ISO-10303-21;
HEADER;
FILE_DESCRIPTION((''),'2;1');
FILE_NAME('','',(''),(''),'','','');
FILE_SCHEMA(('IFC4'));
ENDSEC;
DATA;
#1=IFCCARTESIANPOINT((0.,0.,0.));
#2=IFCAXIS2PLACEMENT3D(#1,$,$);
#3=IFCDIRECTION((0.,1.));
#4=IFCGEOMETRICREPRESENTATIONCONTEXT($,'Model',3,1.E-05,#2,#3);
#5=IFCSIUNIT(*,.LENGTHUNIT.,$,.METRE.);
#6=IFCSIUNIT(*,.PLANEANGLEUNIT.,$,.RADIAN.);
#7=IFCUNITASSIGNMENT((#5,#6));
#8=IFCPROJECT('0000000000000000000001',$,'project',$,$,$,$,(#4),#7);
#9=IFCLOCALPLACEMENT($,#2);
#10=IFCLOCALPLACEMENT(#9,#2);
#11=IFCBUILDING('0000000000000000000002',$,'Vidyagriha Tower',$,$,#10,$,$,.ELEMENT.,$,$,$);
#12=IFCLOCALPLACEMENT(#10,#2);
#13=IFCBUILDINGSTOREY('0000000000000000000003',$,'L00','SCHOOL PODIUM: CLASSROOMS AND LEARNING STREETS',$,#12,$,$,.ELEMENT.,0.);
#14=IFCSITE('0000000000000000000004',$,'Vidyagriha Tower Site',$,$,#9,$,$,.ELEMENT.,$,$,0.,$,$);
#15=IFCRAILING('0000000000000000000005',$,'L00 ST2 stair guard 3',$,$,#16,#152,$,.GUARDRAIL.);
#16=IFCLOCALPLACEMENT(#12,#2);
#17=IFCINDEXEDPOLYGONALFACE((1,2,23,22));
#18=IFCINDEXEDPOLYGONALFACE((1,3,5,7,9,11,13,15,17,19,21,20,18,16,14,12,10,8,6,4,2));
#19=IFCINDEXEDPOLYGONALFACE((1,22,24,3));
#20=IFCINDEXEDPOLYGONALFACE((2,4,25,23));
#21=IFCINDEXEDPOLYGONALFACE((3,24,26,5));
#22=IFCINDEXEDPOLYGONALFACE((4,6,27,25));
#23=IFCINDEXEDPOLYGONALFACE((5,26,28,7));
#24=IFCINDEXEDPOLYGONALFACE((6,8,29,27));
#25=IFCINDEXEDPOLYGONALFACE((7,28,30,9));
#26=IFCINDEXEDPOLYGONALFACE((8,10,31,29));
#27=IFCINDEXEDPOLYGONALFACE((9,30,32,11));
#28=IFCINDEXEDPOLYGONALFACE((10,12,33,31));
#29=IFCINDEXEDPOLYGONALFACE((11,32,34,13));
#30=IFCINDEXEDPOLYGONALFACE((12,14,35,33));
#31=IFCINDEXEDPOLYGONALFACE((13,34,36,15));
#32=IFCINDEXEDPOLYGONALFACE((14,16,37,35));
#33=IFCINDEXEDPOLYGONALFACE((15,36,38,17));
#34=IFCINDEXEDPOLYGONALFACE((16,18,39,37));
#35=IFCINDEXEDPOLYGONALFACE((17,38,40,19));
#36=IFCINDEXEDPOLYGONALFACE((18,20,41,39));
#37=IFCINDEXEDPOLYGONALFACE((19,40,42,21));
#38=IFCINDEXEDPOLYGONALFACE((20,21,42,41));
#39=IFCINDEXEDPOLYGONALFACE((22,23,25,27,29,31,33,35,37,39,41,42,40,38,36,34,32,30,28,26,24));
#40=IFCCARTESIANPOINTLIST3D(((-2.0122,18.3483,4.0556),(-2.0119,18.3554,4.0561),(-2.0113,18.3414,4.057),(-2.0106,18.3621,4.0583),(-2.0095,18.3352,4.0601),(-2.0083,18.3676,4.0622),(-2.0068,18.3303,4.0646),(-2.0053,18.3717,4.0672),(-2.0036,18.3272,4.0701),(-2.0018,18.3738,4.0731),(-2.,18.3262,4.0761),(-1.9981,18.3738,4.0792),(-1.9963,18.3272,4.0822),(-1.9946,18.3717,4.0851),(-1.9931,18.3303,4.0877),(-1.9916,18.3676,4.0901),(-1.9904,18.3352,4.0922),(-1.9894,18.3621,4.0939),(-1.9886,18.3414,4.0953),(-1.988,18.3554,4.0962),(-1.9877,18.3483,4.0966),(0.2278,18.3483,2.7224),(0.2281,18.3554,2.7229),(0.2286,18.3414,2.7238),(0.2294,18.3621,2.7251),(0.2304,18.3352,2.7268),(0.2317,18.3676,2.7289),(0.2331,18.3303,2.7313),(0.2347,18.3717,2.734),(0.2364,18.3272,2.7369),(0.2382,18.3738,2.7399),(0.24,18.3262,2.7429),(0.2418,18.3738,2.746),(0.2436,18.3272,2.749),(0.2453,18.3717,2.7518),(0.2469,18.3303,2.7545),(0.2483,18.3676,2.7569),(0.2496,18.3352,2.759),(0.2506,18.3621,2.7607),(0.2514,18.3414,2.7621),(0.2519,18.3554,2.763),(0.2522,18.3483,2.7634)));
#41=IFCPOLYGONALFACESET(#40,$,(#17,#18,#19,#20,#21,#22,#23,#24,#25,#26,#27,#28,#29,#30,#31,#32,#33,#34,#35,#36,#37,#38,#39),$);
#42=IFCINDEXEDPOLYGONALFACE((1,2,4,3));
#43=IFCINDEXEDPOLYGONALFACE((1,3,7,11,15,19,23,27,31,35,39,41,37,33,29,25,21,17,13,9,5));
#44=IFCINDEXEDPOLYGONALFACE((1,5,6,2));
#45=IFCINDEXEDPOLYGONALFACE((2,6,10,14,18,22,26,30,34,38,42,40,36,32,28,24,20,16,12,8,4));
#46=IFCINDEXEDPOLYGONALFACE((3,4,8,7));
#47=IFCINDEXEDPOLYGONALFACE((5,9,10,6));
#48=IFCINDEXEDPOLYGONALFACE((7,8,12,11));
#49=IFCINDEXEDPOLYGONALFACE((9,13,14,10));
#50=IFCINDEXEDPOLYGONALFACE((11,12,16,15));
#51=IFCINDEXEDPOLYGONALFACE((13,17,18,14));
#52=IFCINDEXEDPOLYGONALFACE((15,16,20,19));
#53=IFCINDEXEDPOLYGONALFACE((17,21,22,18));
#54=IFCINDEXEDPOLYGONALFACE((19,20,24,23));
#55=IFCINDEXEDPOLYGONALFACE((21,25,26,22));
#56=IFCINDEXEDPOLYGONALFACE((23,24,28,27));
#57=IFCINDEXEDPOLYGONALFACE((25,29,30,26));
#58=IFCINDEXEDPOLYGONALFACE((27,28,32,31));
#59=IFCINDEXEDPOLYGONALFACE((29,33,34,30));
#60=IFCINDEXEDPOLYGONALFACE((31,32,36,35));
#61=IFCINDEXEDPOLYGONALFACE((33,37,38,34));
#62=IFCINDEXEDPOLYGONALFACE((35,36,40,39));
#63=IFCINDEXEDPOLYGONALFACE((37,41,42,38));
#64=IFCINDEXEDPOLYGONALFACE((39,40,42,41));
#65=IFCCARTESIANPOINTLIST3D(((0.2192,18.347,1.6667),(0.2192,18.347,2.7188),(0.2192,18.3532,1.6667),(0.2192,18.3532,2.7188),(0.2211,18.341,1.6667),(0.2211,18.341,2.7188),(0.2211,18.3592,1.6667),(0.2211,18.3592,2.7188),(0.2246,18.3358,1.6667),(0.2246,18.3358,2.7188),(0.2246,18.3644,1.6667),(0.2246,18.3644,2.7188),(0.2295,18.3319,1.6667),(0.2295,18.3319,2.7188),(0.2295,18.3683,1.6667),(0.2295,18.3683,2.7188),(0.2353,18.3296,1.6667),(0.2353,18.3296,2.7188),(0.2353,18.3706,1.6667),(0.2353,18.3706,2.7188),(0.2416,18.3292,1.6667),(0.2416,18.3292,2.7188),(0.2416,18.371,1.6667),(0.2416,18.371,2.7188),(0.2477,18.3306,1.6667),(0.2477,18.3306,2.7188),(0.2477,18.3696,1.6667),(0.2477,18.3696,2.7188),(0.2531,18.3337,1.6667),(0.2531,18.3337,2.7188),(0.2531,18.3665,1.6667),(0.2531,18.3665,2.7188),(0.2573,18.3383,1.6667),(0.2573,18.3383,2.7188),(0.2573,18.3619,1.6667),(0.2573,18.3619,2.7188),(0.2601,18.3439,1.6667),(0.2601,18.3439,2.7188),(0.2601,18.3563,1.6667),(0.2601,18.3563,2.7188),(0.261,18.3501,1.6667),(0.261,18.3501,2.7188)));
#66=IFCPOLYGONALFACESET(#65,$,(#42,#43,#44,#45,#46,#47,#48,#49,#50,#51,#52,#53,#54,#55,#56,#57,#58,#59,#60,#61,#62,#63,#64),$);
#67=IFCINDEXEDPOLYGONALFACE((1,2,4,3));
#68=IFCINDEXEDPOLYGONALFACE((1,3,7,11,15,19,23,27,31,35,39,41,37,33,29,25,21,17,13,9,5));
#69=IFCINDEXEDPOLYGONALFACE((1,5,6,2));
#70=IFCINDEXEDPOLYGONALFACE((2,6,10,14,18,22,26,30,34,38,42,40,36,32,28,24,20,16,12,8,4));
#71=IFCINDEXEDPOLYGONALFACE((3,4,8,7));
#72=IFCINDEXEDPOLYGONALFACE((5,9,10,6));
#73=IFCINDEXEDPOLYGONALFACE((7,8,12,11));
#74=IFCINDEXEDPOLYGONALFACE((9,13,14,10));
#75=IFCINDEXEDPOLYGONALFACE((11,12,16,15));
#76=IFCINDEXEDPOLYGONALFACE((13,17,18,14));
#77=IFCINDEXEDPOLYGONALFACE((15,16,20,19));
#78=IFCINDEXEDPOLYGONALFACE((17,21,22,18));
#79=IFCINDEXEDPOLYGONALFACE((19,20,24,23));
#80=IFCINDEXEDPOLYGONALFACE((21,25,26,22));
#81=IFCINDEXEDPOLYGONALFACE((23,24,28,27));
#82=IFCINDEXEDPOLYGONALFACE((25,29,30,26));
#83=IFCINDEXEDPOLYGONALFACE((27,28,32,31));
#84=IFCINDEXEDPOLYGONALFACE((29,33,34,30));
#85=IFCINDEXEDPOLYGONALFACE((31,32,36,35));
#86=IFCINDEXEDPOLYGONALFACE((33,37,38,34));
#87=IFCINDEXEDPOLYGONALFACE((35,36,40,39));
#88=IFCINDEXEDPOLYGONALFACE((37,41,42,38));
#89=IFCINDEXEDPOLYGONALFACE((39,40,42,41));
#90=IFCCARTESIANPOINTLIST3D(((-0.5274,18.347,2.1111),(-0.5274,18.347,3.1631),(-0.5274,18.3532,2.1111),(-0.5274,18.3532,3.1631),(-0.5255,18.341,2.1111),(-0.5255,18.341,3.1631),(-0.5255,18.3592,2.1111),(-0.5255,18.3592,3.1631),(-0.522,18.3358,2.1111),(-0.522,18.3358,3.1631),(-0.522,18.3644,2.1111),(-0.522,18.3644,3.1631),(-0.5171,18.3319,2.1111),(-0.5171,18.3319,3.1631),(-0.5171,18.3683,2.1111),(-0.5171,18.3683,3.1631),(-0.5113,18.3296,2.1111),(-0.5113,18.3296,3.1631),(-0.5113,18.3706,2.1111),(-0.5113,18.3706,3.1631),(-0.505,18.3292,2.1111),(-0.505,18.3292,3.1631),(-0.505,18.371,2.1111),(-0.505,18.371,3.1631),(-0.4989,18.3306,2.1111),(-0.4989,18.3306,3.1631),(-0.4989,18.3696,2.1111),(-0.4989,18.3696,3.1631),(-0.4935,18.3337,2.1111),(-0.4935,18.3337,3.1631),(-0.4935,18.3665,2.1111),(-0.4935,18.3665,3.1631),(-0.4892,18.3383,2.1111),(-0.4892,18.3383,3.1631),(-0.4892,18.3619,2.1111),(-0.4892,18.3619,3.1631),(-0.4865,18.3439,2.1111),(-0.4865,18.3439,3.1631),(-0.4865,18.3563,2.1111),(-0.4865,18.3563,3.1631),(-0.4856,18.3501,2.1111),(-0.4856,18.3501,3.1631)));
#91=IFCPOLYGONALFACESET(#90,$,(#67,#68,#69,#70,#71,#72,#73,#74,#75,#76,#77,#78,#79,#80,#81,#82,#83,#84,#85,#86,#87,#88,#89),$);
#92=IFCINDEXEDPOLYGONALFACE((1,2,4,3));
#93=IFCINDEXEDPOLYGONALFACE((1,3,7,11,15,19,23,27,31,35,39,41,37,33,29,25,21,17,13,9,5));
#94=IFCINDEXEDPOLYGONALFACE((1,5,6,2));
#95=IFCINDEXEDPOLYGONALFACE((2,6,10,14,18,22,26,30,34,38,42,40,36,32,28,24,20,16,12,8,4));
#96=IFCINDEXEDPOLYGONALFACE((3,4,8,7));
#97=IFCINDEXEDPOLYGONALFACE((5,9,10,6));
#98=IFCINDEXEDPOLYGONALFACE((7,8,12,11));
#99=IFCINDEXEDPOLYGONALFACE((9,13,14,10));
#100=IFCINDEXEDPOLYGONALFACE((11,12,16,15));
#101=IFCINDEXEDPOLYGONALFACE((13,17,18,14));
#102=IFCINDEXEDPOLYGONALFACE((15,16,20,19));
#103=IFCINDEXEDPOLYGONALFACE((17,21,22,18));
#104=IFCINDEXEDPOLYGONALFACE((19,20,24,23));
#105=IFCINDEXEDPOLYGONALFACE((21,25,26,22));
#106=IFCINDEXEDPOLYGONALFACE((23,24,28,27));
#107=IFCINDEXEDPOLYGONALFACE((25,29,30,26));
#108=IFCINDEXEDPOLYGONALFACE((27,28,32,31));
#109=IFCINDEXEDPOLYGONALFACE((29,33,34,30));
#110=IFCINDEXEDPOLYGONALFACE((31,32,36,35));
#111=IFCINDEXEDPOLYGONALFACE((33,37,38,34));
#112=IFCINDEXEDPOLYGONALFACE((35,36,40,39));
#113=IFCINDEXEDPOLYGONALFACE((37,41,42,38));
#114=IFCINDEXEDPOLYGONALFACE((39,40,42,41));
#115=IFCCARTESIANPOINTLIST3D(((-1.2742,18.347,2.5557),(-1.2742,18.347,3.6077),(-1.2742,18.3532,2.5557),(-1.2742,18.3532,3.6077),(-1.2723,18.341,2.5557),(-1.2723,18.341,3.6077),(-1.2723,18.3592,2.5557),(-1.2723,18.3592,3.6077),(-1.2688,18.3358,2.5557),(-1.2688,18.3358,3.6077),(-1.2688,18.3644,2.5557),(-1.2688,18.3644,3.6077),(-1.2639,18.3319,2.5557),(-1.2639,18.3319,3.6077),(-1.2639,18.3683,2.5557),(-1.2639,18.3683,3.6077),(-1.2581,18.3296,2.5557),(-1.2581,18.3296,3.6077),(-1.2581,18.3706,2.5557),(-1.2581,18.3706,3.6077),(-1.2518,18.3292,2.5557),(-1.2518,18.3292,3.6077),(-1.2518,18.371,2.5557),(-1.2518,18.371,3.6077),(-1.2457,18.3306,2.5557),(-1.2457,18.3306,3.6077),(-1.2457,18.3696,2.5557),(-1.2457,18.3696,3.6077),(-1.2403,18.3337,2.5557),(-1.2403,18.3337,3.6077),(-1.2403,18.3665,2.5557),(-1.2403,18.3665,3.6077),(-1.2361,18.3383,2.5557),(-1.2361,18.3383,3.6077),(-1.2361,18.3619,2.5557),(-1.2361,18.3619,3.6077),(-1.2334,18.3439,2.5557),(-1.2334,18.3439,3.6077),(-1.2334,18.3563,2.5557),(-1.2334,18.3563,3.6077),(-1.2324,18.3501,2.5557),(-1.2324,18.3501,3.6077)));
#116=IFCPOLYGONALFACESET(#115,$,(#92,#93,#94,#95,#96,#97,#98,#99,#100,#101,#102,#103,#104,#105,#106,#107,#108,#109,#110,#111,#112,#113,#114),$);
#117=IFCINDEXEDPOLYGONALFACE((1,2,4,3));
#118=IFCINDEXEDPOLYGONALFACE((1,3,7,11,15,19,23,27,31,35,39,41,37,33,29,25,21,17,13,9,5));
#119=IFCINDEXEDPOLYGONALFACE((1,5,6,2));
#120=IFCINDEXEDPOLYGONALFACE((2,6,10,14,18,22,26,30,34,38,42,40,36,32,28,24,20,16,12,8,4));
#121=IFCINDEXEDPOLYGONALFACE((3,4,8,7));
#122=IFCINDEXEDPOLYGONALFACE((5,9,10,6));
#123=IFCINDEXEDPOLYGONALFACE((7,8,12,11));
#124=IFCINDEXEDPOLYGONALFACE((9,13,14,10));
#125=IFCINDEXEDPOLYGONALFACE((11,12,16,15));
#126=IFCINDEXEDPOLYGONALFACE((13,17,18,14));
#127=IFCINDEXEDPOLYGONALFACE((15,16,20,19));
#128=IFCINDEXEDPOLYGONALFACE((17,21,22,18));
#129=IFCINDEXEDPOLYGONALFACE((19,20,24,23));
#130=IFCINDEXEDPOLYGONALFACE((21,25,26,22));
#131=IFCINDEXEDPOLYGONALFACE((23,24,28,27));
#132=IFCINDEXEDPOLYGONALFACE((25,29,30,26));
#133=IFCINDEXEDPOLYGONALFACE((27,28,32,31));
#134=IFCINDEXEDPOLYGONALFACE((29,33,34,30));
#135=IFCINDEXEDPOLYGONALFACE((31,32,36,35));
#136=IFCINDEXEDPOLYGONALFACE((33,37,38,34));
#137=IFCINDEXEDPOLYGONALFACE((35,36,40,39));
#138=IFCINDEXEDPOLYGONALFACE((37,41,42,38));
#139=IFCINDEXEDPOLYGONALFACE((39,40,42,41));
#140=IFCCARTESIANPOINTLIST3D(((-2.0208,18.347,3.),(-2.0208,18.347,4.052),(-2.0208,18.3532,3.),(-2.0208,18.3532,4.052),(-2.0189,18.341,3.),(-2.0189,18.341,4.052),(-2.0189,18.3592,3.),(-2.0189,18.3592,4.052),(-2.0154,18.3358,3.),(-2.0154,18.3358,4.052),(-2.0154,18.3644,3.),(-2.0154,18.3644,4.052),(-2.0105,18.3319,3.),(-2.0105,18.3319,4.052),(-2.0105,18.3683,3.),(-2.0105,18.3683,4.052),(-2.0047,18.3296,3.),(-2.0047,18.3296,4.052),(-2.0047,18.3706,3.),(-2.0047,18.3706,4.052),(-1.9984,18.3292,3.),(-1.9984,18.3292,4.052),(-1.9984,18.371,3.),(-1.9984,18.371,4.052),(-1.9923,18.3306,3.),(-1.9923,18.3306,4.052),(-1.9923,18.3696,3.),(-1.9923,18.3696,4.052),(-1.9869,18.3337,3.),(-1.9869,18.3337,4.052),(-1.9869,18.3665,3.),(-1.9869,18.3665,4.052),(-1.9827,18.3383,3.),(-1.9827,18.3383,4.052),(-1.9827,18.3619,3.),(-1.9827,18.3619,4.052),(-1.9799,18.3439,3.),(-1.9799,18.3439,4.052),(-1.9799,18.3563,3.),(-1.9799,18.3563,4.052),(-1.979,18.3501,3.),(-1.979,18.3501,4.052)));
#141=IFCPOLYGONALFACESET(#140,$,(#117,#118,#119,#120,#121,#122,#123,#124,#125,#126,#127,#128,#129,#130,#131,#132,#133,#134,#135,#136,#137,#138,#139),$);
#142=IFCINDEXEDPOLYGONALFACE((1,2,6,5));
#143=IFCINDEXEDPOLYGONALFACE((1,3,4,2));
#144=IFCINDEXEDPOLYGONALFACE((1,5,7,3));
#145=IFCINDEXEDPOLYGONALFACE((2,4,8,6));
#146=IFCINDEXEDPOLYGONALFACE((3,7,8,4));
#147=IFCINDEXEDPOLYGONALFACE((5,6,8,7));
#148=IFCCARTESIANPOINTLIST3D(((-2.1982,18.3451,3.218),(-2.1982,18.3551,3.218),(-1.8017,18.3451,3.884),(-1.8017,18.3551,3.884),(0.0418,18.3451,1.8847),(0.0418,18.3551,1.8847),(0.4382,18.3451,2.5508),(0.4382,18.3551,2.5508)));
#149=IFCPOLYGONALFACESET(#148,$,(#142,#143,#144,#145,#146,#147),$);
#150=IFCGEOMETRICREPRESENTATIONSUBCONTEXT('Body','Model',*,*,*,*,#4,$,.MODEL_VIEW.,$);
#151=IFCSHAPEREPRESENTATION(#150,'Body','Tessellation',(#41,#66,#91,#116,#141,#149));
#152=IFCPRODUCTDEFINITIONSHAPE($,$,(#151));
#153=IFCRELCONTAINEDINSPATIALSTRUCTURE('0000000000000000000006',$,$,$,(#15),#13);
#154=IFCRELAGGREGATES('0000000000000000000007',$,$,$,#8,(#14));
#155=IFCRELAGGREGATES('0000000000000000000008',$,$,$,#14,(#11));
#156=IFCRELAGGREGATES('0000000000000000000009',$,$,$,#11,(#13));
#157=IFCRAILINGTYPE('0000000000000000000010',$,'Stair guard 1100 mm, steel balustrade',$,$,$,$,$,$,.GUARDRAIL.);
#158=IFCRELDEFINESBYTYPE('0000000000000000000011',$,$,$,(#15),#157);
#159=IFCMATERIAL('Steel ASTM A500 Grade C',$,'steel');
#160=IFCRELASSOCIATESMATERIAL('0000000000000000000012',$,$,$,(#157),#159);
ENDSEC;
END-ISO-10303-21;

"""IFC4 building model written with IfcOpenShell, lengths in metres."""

from ifc_helpers import new_model, si_unit, direction, frame, origin, origin_2d, place, context, subcontext, project, spatial, rectangle, circle, extrude, material, type_object, element, save


model = new_model("IFC4")

# Units and contexts
model_context = context("Model", 3, precision=1e-05, world=origin(), true_north=direction((0.0, 1.0)))
body_context = subcontext(model_context, "Body", "Model", "MODEL_VIEW")
ifc_project = project(units=[si_unit("LENGTHUNIT", "METRE"), si_unit("PLANEANGLEUNIT", "RADIAN")], contexts=[model_context])

# Site, building, storey
site_placement = place(None, origin())
site = spatial("IfcSite", under=ifc_project, at=site_placement, Name="Vidyagriha Tower Site", CompositionType="ELEMENT", RefElevation=0.0)
building_placement = place(site_placement, origin())
building = spatial("IfcBuilding", under=site, at=building_placement, Name="Vidyagriha Tower", CompositionType="ELEMENT")
storey_placement = place(building_placement, origin())
storey = spatial("IfcBuildingStorey", under=building, at=storey_placement, Name="L00", Description="SCHOOL PODIUM: CLASSROOMS AND LEARNING STREETS", CompositionType="ELEMENT", Elevation=0.0)

# Railing
ifc_material_1 = material(Name="Steel ASTM A500 Grade C", Category="steel")
railing_type_1 = type_object("IfcRailingType", Name="Stair guard 1100 mm, steel balustrade", PredefinedType="GUARDRAIL", material=ifc_material_1)
railing_1_placement = place(storey_placement, frame((0.24, 18.3501, 1.6667)))
element("IfcRailing", 1, at=railing_1_placement, inside=storey, type_object=railing_type_1, Name="L00 ST2 stair guard 3", PredefinedType="GUARDRAIL", context=body_context, shape_type="SweptSolid", body=[
    extrude(circle(Radius=0.0239, at=origin_2d()), frame((0.0, 0.0, 1.0762), z_axis=(-0.859306, 0.0, 0.511462), x_axis=(0.0, -1.0, 0.0)), (0.0, 0.0, 1.0), 2.6067),
    extrude(circle(Radius=0.021, at=origin_2d()), origin(), (0.0, 0.0, 1.0), 1.052),
    extrude(circle(Radius=0.021, at=origin_2d()), frame((-0.7466, 0.0, 0.4443)), (0.0, 0.0, 1.0), 1.052),
    extrude(circle(Radius=0.021, at=origin_2d()), frame((-1.4934, 0.0, 0.8889)), (0.0, 0.0, 1.0), 1.052),
    extrude(circle(Radius=0.021, at=origin_2d()), frame((-2.24, 0.0, 1.3333)), (0.0, 0.0, 1.0), 1.052),
    extrude(rectangle(XDim=0.01, YDim=0.7751, at=origin_2d()), frame((0.0, 0.0, 0.551), z_axis=(-0.859306, 0.0, 0.511462), x_axis=(0.0, -1.0, 0.0)), (0.0, 0.0, 1.0), 2.6067),
])

save(model, "model.ifc")
